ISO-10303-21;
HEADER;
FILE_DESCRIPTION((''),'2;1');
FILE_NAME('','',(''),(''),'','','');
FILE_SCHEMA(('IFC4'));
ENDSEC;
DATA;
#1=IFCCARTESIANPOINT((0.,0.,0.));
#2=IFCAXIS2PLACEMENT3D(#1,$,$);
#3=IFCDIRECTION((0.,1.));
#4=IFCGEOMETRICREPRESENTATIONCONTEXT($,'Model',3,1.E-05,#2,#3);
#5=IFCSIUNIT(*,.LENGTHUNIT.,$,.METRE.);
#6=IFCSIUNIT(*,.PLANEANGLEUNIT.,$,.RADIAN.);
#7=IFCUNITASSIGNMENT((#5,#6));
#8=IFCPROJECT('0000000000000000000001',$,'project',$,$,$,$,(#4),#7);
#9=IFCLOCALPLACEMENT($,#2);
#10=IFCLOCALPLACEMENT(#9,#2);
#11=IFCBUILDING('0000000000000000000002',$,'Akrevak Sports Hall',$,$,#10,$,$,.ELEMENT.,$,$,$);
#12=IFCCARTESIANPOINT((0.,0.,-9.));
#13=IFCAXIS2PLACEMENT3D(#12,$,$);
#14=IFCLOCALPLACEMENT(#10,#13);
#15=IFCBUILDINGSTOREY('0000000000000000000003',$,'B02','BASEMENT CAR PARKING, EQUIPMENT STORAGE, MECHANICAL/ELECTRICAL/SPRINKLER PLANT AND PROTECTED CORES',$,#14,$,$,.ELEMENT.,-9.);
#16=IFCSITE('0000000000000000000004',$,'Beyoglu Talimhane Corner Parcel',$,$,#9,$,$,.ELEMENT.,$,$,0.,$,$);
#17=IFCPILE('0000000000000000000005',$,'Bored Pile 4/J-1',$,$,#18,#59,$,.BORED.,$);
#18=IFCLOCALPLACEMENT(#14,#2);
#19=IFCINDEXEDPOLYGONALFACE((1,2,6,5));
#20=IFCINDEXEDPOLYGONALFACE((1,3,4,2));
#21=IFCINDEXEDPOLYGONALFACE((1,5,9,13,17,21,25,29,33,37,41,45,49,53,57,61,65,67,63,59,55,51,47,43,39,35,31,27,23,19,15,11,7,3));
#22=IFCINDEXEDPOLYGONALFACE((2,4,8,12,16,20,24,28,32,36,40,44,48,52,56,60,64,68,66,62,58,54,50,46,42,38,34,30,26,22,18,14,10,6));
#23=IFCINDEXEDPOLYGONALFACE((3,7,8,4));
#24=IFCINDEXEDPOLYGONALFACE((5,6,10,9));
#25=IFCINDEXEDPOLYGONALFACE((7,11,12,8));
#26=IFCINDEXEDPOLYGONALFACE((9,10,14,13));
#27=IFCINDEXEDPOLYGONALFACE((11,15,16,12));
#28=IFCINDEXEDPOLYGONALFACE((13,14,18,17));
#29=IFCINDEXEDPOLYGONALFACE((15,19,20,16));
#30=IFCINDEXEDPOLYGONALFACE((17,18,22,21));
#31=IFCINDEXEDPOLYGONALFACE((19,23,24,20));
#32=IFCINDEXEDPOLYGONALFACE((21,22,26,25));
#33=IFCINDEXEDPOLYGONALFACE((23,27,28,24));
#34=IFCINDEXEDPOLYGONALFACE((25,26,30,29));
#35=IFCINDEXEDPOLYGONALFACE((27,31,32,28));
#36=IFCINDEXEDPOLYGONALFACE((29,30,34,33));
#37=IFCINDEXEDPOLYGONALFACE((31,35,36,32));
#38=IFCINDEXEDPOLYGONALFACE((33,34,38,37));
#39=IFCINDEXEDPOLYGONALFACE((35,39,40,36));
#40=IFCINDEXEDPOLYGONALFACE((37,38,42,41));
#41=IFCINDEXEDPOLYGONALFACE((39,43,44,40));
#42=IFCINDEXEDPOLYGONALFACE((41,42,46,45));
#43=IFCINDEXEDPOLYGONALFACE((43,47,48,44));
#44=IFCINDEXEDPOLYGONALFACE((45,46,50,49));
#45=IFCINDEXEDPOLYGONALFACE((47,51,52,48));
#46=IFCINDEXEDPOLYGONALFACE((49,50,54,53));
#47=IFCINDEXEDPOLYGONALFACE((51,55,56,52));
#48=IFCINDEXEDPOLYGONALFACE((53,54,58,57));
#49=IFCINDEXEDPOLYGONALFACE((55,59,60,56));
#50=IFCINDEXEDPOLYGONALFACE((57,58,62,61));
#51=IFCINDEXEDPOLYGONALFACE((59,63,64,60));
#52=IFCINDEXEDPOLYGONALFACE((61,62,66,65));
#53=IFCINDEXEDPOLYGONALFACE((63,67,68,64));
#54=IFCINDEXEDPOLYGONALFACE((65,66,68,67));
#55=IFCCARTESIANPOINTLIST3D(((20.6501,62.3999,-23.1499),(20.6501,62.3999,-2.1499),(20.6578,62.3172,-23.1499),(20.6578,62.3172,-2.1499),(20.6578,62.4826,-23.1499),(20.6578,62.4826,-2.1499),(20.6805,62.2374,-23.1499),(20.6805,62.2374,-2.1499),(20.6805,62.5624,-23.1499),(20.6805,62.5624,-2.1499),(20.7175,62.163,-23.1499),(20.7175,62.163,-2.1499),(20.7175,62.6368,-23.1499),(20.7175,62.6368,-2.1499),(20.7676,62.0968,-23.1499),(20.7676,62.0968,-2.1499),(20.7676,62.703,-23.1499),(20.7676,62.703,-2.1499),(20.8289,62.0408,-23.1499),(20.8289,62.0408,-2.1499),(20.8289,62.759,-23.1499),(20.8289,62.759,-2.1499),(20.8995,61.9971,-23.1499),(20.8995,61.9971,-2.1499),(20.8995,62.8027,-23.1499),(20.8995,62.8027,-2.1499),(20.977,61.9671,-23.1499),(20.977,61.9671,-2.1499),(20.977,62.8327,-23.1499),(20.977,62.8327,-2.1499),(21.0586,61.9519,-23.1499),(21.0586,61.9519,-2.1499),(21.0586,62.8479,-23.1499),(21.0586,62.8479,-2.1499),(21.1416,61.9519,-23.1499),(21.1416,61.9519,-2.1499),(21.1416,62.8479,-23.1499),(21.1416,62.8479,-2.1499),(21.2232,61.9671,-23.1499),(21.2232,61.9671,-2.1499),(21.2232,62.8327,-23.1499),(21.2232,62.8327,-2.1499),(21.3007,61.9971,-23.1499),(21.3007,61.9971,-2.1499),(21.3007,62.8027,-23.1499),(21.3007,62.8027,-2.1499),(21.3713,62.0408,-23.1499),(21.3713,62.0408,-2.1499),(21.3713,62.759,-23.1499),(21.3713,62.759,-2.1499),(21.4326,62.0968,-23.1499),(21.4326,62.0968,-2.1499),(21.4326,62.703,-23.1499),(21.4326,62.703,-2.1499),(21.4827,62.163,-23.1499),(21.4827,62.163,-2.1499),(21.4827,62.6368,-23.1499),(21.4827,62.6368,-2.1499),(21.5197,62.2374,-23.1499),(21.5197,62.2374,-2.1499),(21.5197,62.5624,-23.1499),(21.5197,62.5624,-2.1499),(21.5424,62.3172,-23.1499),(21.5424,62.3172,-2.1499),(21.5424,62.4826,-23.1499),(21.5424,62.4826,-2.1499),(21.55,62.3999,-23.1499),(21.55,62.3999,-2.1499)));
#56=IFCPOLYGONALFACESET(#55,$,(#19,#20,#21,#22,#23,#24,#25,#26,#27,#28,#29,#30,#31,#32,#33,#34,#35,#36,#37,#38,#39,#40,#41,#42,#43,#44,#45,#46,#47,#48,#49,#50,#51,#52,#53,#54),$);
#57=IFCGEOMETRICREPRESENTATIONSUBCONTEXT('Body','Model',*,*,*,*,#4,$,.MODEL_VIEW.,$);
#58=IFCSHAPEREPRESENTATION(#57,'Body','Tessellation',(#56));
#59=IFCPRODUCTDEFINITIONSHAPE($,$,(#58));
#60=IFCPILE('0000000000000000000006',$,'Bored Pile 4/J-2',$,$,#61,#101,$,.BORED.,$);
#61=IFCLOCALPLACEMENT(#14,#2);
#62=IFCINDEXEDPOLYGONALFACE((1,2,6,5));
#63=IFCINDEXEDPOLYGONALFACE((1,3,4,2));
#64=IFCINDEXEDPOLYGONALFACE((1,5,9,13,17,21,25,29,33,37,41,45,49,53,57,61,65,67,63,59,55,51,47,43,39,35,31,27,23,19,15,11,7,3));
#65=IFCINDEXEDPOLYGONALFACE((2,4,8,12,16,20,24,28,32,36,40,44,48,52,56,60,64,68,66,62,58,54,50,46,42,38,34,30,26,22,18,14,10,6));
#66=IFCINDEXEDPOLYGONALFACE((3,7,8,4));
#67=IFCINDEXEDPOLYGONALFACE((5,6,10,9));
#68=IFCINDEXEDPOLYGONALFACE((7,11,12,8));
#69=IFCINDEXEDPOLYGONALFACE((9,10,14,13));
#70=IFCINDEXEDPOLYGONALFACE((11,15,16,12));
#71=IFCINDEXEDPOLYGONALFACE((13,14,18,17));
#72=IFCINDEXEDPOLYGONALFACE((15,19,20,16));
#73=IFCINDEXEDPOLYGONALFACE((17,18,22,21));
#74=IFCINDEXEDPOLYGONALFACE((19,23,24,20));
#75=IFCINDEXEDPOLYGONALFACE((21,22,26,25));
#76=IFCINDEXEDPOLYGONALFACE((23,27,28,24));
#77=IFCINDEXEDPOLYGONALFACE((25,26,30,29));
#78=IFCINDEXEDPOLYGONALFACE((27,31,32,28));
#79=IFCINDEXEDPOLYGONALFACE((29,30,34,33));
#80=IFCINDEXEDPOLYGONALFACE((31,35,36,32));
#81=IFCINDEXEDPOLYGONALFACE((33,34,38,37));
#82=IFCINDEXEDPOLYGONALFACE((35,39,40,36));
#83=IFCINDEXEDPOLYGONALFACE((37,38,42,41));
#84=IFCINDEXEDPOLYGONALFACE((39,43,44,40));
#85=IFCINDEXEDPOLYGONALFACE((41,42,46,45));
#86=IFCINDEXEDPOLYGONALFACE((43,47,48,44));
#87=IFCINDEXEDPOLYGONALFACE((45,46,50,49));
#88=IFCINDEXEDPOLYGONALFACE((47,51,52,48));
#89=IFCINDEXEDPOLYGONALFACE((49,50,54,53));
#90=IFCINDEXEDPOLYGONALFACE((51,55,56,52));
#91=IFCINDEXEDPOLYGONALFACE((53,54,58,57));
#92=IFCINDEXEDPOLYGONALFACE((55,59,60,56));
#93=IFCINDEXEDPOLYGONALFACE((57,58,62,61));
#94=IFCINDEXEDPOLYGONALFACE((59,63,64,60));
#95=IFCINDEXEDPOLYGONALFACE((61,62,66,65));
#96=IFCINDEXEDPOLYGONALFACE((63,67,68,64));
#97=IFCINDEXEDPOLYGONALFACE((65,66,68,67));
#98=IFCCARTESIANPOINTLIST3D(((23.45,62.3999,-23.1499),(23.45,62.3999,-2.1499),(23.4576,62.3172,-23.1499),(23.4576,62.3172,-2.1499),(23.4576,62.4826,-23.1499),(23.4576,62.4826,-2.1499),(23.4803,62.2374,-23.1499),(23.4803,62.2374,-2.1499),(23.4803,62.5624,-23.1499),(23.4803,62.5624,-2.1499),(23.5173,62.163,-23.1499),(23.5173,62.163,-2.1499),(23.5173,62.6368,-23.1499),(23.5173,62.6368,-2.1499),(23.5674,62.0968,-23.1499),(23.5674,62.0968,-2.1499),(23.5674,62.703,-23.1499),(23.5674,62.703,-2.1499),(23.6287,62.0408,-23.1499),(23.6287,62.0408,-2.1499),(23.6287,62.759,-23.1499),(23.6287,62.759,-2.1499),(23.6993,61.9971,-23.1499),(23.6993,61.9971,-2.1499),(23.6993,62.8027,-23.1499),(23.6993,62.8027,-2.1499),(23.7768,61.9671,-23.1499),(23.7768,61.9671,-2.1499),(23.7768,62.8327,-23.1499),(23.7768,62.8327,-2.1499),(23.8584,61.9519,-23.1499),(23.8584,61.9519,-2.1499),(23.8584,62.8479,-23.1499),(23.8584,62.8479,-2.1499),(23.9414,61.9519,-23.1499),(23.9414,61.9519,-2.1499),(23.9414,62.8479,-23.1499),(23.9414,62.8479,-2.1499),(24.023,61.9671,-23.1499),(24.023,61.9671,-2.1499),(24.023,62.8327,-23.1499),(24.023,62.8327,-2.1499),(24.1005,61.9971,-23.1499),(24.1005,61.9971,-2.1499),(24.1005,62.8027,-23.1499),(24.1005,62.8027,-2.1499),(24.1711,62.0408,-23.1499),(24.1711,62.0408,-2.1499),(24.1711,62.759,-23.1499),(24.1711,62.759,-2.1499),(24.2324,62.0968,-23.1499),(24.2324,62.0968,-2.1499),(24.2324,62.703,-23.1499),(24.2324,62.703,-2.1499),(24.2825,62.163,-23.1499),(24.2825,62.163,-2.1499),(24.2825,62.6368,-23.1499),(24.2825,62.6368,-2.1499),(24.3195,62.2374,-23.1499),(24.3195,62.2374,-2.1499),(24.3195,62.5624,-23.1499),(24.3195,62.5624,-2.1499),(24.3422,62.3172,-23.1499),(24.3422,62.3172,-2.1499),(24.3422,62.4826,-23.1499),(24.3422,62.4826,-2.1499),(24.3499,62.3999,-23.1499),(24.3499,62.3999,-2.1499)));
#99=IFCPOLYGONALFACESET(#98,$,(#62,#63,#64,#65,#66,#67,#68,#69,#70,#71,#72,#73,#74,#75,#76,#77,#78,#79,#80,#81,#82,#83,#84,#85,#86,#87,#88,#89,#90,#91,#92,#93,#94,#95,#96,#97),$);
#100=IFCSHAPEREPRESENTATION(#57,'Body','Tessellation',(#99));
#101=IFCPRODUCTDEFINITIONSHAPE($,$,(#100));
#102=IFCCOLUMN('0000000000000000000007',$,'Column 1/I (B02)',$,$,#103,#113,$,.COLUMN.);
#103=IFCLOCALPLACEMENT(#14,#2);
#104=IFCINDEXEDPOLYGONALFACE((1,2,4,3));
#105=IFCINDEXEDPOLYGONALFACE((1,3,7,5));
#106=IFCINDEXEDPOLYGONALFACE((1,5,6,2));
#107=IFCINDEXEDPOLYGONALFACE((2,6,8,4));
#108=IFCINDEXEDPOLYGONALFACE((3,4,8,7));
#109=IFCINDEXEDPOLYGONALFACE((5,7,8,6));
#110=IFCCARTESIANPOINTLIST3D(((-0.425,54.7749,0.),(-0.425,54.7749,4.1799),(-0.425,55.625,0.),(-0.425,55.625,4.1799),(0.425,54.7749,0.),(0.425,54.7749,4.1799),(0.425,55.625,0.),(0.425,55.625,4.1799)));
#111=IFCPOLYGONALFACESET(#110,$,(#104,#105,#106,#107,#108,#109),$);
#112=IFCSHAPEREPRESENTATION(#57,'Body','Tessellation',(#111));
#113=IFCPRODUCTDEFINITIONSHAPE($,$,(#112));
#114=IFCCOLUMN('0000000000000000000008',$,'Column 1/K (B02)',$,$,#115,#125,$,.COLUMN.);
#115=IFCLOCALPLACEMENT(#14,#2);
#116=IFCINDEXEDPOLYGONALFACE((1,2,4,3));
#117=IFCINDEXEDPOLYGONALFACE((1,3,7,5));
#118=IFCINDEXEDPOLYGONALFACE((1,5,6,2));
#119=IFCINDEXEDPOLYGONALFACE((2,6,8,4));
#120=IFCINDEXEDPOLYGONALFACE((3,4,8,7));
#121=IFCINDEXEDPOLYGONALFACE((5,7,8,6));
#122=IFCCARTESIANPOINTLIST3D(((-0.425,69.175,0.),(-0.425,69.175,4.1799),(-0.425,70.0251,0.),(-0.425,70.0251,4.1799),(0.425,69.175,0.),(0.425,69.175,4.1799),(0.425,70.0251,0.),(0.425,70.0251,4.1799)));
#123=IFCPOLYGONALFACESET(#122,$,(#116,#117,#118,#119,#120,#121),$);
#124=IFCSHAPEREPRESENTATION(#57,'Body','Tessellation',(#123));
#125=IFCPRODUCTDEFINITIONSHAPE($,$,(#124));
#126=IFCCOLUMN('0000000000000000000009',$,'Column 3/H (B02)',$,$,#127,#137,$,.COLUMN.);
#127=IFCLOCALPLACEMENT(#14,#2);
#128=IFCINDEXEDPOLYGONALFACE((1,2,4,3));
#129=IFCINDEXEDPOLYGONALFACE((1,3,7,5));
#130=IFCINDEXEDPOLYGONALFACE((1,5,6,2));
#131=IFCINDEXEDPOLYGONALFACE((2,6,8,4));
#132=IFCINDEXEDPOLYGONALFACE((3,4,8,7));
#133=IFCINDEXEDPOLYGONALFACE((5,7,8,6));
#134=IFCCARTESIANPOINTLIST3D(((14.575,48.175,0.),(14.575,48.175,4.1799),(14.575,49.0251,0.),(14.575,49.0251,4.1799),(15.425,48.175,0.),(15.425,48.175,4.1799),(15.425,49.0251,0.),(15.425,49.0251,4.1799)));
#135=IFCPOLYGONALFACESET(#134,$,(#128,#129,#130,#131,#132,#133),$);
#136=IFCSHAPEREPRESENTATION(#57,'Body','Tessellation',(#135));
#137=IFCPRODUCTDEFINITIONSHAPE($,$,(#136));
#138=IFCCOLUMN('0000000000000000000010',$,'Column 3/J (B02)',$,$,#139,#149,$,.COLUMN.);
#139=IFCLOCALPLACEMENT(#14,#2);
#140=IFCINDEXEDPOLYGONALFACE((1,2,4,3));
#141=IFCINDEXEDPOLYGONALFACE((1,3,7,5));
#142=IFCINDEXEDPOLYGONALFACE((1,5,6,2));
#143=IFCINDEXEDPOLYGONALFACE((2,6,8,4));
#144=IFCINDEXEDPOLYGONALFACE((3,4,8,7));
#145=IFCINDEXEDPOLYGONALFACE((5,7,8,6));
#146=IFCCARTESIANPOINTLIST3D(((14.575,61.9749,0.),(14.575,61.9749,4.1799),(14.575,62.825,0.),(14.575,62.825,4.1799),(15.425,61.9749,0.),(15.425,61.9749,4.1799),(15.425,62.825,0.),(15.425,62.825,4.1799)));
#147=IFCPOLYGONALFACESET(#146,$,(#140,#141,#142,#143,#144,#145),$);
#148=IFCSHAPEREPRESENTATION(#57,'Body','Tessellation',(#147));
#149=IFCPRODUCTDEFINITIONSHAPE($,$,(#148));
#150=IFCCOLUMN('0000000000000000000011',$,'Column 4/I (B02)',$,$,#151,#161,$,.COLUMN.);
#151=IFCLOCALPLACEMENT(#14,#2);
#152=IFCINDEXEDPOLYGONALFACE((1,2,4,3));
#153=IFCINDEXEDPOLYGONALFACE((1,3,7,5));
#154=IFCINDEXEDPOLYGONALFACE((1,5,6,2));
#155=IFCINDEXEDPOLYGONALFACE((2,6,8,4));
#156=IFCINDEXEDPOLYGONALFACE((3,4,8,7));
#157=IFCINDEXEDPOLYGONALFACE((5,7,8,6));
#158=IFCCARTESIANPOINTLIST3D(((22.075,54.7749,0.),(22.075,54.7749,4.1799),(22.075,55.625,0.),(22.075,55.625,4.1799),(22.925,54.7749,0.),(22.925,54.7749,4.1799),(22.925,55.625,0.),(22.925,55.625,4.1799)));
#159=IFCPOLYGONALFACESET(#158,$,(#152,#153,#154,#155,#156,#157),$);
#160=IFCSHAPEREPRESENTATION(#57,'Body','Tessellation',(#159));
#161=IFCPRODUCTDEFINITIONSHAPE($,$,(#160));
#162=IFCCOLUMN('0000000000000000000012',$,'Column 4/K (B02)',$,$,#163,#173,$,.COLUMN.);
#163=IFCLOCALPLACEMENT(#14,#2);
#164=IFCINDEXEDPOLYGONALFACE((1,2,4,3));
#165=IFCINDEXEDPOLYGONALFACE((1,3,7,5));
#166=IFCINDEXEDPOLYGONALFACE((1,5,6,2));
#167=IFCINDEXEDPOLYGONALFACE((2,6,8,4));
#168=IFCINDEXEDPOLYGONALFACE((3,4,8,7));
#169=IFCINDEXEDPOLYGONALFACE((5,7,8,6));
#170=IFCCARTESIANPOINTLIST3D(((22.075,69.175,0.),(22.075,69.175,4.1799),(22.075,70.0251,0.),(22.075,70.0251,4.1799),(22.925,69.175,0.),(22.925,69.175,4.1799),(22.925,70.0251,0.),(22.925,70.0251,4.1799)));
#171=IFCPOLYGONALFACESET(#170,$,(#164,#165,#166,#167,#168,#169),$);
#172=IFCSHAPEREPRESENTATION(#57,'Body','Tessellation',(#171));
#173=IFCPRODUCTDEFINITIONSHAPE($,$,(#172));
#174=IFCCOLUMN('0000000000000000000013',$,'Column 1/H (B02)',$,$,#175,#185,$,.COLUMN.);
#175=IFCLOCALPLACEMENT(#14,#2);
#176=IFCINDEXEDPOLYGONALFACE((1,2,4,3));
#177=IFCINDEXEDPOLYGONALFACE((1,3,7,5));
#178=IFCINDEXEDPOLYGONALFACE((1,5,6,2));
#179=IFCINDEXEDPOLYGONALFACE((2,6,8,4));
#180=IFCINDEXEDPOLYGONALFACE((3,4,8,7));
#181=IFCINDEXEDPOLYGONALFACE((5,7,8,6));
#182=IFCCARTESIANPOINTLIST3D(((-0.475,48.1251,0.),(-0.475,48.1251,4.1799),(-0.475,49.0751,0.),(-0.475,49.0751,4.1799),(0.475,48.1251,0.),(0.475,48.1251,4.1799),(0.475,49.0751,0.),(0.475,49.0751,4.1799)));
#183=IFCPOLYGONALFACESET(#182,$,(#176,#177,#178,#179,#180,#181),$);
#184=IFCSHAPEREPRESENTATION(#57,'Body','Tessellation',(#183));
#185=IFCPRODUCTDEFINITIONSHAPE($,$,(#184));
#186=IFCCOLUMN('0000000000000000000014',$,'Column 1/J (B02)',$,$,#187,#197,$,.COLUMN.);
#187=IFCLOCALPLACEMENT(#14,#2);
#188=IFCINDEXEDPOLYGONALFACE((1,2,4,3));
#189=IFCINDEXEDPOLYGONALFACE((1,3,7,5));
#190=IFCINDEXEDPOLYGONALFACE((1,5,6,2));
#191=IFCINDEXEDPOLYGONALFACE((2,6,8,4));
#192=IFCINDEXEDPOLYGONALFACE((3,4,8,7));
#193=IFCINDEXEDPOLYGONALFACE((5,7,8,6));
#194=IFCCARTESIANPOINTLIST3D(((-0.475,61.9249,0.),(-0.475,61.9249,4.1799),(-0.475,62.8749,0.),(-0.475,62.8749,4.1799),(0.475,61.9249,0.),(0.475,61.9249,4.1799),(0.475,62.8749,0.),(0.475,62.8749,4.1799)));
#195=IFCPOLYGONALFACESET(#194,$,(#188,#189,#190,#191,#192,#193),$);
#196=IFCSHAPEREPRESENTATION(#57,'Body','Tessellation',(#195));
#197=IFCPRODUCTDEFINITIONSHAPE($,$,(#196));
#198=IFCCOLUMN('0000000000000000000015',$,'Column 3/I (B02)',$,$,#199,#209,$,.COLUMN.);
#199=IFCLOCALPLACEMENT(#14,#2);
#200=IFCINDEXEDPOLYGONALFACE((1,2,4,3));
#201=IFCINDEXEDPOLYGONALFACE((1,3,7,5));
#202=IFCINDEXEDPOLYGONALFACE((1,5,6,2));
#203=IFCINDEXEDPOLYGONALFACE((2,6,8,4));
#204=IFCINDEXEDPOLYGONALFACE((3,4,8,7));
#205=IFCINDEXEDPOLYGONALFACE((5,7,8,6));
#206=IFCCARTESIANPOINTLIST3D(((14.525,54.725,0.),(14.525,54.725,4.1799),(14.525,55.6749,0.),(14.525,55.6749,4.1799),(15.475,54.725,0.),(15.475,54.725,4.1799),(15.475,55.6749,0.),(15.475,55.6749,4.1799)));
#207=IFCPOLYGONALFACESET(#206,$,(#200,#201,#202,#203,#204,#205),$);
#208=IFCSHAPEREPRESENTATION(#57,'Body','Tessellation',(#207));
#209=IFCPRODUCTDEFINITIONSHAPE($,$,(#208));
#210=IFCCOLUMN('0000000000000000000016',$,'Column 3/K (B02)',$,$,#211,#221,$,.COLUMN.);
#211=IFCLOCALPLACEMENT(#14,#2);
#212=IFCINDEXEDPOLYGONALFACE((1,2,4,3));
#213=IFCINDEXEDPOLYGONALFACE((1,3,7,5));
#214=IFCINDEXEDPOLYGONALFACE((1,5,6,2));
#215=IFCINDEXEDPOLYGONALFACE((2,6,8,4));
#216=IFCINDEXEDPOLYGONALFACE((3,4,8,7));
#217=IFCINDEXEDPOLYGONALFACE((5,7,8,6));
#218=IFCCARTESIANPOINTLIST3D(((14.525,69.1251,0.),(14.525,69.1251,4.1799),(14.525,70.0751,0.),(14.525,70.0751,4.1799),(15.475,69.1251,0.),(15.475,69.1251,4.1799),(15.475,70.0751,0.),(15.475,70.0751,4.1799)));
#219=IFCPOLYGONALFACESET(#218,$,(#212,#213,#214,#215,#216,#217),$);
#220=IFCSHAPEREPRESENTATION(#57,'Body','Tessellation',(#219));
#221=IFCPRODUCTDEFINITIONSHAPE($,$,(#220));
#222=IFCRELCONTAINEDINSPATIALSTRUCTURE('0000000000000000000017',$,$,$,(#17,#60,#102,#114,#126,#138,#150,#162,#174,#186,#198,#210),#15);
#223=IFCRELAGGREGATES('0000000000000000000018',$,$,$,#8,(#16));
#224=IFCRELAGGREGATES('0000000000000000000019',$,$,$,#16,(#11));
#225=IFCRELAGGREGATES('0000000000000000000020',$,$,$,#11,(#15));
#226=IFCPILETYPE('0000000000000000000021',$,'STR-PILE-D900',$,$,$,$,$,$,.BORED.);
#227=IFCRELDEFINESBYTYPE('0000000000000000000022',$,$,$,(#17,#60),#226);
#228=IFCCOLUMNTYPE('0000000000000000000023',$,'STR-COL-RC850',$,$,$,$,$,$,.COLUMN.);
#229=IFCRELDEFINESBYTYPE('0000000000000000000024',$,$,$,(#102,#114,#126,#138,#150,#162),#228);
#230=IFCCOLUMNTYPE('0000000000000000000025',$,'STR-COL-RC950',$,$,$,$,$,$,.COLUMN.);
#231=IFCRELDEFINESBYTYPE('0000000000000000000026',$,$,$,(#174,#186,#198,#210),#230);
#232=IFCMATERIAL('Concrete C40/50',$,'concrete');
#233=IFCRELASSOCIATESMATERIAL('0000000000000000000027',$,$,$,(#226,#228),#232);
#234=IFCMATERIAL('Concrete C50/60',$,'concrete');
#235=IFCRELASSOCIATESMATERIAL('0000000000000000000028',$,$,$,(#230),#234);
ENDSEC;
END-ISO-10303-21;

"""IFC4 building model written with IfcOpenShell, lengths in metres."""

from ifc_helpers import new_model, si_unit, direction, frame, origin, origin_2d, place, context, subcontext, project, spatial, rectangle, circle, extrude, material, material_profile, profile_set, type_object, element, save


model = new_model("IFC4")

# Units and contexts
model_context = context("Model", 3, precision=1e-05, world=origin(), true_north=direction((0.0, 1.0)))
body_context = subcontext(model_context, "Body", "Model", "MODEL_VIEW")
ifc_project = project(units=[si_unit("LENGTHUNIT", "METRE"), si_unit("PLANEANGLEUNIT", "RADIAN")], contexts=[model_context])

# Site, building, storey
site_placement = place(None, origin())
site = spatial("IfcSite", under=ifc_project, at=site_placement, Name="Beyoglu Talimhane Corner Parcel", CompositionType="ELEMENT", RefElevation=0.0)
building_placement = place(site_placement, origin())
building = spatial("IfcBuilding", under=site, at=building_placement, Name="Akrevak Sports Hall", CompositionType="ELEMENT")
storey_placement = place(building_placement, frame((0.0, 0.0, -9.0)))
storey = spatial("IfcBuildingStorey", under=building, at=storey_placement, Name="B02", Description="BASEMENT CAR PARKING, EQUIPMENT STORAGE, MECHANICAL/ELECTRICAL/SPRINKLER PLANT AND PROTECTED CORES", CompositionType="ELEMENT", Elevation=-9.0)

# Shared definitions
ifc_material_1 = material(Name="Concrete C40/50", Category="concrete")

# Piles
ifc_material_profile_1 = material_profile(ifc_material_1, circle(Radius=0.45, at=origin_2d()), Name="BORED PILE D900", Category="concrete")
ifc_profile_set_1 = profile_set([ifc_material_profile_1], Name="Concrete C40/50")
pile_type_1 = type_object("IfcPileType", Name="STR-PILE-D900", PredefinedType="BORED", material=ifc_profile_set_1)
for number, where, z_axis, x_axis, name in (
    (1, (21.1001, 62.3999, -2.1499), (0.0, 0.0, -1.0), (1.0, 0.0, 0.0), "Bored Pile 4/J-1"),
    (2, (23.8999, 62.3999, -2.1499), (0.0, 0.0, -1.0), (1.0, 0.0, 0.0), "Bored Pile 4/J-2"),
):
    element("IfcPile", number, at=place(storey_placement, frame(where, z_axis=z_axis, x_axis=x_axis)), inside=storey, type_object=pile_type_1, Name=name, PredefinedType="BORED", context=body_context, shape_type="SweptSolid", body=[
        extrude(circle(Radius=0.45, at=origin_2d()), origin(), (0.0, 0.0, 1.0), 21.0),
    ])

# Columns
ifc_material_profile_2 = material_profile(ifc_material_1, rectangle(XDim=0.8501, YDim=0.8501, at=origin_2d()), Name="RC 850x850", Category="concrete")
ifc_profile_set_2 = profile_set([ifc_material_profile_2], Name="Concrete C40/50")
column_type_1 = type_object("IfcColumnType", Name="STR-COL-RC850", PredefinedType="COLUMN", material=ifc_profile_set_2)
for number, where, z_axis, x_axis, name in (
    (3, (0.0, 55.2, 0.0), (0.0, 0.0, 1.0), (1.0, 0.0, 0.0), "Column 1/I (B02)"),
    (4, (0.0, 69.6001, 0.0), (0.0, 0.0, 1.0), (1.0, 0.0, 0.0), "Column 1/K (B02)"),
    (5, (15.0, 48.6001, 0.0), (0.0, 0.0, 1.0), (1.0, 0.0, 0.0), "Column 3/H (B02)"),
    (6, (15.0, 62.3999, 0.0), (0.0, 0.0, 1.0), (1.0, 0.0, 0.0), "Column 3/J (B02)"),
    (7, (22.5, 55.2, 0.0), (0.0, 0.0, 1.0), (1.0, 0.0, 0.0), "Column 4/I (B02)"),
    (8, (22.5, 69.6001, 0.0), (0.0, 0.0, 1.0), (1.0, 0.0, 0.0), "Column 4/K (B02)"),
):
    element("IfcColumn", number, at=place(storey_placement, frame(where, z_axis=z_axis, x_axis=x_axis)), inside=storey, type_object=column_type_1, Name=name, PredefinedType="COLUMN", context=body_context, shape_type="SweptSolid", body=[
        extrude(rectangle(XDim=0.8501, YDim=0.8501, at=origin_2d()), origin(), (0.0, 0.0, 1.0), 4.1799),
    ])
ifc_material_2 = material(Name="Concrete C50/60", Category="concrete")
ifc_material_profile_3 = material_profile(ifc_material_2, rectangle(XDim=0.95, YDim=0.95, at=origin_2d()), Name="RC 950x950", Category="concrete")
ifc_profile_set_3 = profile_set([ifc_material_profile_3], Name="Concrete C50/60")
column_type_2 = type_object("IfcColumnType", Name="STR-COL-RC950", PredefinedType="COLUMN", material=ifc_profile_set_3)
for number, where, z_axis, x_axis, name in (
    (9, (0.0, 48.6001, 0.0), (0.0, 0.0, 1.0), (1.0, 0.0, 0.0), "Column 1/H (B02)"),
    (10, (0.0, 62.3999, 0.0), (0.0, 0.0, 1.0), (1.0, 0.0, 0.0), "Column 1/J (B02)"),
    (11, (15.0, 55.2, 0.0), (0.0, 0.0, 1.0), (1.0, 0.0, 0.0), "Column 3/I (B02)"),
    (12, (15.0, 69.6001, 0.0), (0.0, 0.0, 1.0), (1.0, 0.0, 0.0), "Column 3/K (B02)"),
):
    element("IfcColumn", number, at=place(storey_placement, frame(where, z_axis=z_axis, x_axis=x_axis)), inside=storey, type_object=column_type_2, Name=name, PredefinedType="COLUMN", context=body_context, shape_type="SweptSolid", body=[
        extrude(rectangle(XDim=0.95, YDim=0.95, at=origin_2d()), origin(), (0.0, 0.0, 1.0), 4.1799),
    ])

save(model, "model.ifc")
